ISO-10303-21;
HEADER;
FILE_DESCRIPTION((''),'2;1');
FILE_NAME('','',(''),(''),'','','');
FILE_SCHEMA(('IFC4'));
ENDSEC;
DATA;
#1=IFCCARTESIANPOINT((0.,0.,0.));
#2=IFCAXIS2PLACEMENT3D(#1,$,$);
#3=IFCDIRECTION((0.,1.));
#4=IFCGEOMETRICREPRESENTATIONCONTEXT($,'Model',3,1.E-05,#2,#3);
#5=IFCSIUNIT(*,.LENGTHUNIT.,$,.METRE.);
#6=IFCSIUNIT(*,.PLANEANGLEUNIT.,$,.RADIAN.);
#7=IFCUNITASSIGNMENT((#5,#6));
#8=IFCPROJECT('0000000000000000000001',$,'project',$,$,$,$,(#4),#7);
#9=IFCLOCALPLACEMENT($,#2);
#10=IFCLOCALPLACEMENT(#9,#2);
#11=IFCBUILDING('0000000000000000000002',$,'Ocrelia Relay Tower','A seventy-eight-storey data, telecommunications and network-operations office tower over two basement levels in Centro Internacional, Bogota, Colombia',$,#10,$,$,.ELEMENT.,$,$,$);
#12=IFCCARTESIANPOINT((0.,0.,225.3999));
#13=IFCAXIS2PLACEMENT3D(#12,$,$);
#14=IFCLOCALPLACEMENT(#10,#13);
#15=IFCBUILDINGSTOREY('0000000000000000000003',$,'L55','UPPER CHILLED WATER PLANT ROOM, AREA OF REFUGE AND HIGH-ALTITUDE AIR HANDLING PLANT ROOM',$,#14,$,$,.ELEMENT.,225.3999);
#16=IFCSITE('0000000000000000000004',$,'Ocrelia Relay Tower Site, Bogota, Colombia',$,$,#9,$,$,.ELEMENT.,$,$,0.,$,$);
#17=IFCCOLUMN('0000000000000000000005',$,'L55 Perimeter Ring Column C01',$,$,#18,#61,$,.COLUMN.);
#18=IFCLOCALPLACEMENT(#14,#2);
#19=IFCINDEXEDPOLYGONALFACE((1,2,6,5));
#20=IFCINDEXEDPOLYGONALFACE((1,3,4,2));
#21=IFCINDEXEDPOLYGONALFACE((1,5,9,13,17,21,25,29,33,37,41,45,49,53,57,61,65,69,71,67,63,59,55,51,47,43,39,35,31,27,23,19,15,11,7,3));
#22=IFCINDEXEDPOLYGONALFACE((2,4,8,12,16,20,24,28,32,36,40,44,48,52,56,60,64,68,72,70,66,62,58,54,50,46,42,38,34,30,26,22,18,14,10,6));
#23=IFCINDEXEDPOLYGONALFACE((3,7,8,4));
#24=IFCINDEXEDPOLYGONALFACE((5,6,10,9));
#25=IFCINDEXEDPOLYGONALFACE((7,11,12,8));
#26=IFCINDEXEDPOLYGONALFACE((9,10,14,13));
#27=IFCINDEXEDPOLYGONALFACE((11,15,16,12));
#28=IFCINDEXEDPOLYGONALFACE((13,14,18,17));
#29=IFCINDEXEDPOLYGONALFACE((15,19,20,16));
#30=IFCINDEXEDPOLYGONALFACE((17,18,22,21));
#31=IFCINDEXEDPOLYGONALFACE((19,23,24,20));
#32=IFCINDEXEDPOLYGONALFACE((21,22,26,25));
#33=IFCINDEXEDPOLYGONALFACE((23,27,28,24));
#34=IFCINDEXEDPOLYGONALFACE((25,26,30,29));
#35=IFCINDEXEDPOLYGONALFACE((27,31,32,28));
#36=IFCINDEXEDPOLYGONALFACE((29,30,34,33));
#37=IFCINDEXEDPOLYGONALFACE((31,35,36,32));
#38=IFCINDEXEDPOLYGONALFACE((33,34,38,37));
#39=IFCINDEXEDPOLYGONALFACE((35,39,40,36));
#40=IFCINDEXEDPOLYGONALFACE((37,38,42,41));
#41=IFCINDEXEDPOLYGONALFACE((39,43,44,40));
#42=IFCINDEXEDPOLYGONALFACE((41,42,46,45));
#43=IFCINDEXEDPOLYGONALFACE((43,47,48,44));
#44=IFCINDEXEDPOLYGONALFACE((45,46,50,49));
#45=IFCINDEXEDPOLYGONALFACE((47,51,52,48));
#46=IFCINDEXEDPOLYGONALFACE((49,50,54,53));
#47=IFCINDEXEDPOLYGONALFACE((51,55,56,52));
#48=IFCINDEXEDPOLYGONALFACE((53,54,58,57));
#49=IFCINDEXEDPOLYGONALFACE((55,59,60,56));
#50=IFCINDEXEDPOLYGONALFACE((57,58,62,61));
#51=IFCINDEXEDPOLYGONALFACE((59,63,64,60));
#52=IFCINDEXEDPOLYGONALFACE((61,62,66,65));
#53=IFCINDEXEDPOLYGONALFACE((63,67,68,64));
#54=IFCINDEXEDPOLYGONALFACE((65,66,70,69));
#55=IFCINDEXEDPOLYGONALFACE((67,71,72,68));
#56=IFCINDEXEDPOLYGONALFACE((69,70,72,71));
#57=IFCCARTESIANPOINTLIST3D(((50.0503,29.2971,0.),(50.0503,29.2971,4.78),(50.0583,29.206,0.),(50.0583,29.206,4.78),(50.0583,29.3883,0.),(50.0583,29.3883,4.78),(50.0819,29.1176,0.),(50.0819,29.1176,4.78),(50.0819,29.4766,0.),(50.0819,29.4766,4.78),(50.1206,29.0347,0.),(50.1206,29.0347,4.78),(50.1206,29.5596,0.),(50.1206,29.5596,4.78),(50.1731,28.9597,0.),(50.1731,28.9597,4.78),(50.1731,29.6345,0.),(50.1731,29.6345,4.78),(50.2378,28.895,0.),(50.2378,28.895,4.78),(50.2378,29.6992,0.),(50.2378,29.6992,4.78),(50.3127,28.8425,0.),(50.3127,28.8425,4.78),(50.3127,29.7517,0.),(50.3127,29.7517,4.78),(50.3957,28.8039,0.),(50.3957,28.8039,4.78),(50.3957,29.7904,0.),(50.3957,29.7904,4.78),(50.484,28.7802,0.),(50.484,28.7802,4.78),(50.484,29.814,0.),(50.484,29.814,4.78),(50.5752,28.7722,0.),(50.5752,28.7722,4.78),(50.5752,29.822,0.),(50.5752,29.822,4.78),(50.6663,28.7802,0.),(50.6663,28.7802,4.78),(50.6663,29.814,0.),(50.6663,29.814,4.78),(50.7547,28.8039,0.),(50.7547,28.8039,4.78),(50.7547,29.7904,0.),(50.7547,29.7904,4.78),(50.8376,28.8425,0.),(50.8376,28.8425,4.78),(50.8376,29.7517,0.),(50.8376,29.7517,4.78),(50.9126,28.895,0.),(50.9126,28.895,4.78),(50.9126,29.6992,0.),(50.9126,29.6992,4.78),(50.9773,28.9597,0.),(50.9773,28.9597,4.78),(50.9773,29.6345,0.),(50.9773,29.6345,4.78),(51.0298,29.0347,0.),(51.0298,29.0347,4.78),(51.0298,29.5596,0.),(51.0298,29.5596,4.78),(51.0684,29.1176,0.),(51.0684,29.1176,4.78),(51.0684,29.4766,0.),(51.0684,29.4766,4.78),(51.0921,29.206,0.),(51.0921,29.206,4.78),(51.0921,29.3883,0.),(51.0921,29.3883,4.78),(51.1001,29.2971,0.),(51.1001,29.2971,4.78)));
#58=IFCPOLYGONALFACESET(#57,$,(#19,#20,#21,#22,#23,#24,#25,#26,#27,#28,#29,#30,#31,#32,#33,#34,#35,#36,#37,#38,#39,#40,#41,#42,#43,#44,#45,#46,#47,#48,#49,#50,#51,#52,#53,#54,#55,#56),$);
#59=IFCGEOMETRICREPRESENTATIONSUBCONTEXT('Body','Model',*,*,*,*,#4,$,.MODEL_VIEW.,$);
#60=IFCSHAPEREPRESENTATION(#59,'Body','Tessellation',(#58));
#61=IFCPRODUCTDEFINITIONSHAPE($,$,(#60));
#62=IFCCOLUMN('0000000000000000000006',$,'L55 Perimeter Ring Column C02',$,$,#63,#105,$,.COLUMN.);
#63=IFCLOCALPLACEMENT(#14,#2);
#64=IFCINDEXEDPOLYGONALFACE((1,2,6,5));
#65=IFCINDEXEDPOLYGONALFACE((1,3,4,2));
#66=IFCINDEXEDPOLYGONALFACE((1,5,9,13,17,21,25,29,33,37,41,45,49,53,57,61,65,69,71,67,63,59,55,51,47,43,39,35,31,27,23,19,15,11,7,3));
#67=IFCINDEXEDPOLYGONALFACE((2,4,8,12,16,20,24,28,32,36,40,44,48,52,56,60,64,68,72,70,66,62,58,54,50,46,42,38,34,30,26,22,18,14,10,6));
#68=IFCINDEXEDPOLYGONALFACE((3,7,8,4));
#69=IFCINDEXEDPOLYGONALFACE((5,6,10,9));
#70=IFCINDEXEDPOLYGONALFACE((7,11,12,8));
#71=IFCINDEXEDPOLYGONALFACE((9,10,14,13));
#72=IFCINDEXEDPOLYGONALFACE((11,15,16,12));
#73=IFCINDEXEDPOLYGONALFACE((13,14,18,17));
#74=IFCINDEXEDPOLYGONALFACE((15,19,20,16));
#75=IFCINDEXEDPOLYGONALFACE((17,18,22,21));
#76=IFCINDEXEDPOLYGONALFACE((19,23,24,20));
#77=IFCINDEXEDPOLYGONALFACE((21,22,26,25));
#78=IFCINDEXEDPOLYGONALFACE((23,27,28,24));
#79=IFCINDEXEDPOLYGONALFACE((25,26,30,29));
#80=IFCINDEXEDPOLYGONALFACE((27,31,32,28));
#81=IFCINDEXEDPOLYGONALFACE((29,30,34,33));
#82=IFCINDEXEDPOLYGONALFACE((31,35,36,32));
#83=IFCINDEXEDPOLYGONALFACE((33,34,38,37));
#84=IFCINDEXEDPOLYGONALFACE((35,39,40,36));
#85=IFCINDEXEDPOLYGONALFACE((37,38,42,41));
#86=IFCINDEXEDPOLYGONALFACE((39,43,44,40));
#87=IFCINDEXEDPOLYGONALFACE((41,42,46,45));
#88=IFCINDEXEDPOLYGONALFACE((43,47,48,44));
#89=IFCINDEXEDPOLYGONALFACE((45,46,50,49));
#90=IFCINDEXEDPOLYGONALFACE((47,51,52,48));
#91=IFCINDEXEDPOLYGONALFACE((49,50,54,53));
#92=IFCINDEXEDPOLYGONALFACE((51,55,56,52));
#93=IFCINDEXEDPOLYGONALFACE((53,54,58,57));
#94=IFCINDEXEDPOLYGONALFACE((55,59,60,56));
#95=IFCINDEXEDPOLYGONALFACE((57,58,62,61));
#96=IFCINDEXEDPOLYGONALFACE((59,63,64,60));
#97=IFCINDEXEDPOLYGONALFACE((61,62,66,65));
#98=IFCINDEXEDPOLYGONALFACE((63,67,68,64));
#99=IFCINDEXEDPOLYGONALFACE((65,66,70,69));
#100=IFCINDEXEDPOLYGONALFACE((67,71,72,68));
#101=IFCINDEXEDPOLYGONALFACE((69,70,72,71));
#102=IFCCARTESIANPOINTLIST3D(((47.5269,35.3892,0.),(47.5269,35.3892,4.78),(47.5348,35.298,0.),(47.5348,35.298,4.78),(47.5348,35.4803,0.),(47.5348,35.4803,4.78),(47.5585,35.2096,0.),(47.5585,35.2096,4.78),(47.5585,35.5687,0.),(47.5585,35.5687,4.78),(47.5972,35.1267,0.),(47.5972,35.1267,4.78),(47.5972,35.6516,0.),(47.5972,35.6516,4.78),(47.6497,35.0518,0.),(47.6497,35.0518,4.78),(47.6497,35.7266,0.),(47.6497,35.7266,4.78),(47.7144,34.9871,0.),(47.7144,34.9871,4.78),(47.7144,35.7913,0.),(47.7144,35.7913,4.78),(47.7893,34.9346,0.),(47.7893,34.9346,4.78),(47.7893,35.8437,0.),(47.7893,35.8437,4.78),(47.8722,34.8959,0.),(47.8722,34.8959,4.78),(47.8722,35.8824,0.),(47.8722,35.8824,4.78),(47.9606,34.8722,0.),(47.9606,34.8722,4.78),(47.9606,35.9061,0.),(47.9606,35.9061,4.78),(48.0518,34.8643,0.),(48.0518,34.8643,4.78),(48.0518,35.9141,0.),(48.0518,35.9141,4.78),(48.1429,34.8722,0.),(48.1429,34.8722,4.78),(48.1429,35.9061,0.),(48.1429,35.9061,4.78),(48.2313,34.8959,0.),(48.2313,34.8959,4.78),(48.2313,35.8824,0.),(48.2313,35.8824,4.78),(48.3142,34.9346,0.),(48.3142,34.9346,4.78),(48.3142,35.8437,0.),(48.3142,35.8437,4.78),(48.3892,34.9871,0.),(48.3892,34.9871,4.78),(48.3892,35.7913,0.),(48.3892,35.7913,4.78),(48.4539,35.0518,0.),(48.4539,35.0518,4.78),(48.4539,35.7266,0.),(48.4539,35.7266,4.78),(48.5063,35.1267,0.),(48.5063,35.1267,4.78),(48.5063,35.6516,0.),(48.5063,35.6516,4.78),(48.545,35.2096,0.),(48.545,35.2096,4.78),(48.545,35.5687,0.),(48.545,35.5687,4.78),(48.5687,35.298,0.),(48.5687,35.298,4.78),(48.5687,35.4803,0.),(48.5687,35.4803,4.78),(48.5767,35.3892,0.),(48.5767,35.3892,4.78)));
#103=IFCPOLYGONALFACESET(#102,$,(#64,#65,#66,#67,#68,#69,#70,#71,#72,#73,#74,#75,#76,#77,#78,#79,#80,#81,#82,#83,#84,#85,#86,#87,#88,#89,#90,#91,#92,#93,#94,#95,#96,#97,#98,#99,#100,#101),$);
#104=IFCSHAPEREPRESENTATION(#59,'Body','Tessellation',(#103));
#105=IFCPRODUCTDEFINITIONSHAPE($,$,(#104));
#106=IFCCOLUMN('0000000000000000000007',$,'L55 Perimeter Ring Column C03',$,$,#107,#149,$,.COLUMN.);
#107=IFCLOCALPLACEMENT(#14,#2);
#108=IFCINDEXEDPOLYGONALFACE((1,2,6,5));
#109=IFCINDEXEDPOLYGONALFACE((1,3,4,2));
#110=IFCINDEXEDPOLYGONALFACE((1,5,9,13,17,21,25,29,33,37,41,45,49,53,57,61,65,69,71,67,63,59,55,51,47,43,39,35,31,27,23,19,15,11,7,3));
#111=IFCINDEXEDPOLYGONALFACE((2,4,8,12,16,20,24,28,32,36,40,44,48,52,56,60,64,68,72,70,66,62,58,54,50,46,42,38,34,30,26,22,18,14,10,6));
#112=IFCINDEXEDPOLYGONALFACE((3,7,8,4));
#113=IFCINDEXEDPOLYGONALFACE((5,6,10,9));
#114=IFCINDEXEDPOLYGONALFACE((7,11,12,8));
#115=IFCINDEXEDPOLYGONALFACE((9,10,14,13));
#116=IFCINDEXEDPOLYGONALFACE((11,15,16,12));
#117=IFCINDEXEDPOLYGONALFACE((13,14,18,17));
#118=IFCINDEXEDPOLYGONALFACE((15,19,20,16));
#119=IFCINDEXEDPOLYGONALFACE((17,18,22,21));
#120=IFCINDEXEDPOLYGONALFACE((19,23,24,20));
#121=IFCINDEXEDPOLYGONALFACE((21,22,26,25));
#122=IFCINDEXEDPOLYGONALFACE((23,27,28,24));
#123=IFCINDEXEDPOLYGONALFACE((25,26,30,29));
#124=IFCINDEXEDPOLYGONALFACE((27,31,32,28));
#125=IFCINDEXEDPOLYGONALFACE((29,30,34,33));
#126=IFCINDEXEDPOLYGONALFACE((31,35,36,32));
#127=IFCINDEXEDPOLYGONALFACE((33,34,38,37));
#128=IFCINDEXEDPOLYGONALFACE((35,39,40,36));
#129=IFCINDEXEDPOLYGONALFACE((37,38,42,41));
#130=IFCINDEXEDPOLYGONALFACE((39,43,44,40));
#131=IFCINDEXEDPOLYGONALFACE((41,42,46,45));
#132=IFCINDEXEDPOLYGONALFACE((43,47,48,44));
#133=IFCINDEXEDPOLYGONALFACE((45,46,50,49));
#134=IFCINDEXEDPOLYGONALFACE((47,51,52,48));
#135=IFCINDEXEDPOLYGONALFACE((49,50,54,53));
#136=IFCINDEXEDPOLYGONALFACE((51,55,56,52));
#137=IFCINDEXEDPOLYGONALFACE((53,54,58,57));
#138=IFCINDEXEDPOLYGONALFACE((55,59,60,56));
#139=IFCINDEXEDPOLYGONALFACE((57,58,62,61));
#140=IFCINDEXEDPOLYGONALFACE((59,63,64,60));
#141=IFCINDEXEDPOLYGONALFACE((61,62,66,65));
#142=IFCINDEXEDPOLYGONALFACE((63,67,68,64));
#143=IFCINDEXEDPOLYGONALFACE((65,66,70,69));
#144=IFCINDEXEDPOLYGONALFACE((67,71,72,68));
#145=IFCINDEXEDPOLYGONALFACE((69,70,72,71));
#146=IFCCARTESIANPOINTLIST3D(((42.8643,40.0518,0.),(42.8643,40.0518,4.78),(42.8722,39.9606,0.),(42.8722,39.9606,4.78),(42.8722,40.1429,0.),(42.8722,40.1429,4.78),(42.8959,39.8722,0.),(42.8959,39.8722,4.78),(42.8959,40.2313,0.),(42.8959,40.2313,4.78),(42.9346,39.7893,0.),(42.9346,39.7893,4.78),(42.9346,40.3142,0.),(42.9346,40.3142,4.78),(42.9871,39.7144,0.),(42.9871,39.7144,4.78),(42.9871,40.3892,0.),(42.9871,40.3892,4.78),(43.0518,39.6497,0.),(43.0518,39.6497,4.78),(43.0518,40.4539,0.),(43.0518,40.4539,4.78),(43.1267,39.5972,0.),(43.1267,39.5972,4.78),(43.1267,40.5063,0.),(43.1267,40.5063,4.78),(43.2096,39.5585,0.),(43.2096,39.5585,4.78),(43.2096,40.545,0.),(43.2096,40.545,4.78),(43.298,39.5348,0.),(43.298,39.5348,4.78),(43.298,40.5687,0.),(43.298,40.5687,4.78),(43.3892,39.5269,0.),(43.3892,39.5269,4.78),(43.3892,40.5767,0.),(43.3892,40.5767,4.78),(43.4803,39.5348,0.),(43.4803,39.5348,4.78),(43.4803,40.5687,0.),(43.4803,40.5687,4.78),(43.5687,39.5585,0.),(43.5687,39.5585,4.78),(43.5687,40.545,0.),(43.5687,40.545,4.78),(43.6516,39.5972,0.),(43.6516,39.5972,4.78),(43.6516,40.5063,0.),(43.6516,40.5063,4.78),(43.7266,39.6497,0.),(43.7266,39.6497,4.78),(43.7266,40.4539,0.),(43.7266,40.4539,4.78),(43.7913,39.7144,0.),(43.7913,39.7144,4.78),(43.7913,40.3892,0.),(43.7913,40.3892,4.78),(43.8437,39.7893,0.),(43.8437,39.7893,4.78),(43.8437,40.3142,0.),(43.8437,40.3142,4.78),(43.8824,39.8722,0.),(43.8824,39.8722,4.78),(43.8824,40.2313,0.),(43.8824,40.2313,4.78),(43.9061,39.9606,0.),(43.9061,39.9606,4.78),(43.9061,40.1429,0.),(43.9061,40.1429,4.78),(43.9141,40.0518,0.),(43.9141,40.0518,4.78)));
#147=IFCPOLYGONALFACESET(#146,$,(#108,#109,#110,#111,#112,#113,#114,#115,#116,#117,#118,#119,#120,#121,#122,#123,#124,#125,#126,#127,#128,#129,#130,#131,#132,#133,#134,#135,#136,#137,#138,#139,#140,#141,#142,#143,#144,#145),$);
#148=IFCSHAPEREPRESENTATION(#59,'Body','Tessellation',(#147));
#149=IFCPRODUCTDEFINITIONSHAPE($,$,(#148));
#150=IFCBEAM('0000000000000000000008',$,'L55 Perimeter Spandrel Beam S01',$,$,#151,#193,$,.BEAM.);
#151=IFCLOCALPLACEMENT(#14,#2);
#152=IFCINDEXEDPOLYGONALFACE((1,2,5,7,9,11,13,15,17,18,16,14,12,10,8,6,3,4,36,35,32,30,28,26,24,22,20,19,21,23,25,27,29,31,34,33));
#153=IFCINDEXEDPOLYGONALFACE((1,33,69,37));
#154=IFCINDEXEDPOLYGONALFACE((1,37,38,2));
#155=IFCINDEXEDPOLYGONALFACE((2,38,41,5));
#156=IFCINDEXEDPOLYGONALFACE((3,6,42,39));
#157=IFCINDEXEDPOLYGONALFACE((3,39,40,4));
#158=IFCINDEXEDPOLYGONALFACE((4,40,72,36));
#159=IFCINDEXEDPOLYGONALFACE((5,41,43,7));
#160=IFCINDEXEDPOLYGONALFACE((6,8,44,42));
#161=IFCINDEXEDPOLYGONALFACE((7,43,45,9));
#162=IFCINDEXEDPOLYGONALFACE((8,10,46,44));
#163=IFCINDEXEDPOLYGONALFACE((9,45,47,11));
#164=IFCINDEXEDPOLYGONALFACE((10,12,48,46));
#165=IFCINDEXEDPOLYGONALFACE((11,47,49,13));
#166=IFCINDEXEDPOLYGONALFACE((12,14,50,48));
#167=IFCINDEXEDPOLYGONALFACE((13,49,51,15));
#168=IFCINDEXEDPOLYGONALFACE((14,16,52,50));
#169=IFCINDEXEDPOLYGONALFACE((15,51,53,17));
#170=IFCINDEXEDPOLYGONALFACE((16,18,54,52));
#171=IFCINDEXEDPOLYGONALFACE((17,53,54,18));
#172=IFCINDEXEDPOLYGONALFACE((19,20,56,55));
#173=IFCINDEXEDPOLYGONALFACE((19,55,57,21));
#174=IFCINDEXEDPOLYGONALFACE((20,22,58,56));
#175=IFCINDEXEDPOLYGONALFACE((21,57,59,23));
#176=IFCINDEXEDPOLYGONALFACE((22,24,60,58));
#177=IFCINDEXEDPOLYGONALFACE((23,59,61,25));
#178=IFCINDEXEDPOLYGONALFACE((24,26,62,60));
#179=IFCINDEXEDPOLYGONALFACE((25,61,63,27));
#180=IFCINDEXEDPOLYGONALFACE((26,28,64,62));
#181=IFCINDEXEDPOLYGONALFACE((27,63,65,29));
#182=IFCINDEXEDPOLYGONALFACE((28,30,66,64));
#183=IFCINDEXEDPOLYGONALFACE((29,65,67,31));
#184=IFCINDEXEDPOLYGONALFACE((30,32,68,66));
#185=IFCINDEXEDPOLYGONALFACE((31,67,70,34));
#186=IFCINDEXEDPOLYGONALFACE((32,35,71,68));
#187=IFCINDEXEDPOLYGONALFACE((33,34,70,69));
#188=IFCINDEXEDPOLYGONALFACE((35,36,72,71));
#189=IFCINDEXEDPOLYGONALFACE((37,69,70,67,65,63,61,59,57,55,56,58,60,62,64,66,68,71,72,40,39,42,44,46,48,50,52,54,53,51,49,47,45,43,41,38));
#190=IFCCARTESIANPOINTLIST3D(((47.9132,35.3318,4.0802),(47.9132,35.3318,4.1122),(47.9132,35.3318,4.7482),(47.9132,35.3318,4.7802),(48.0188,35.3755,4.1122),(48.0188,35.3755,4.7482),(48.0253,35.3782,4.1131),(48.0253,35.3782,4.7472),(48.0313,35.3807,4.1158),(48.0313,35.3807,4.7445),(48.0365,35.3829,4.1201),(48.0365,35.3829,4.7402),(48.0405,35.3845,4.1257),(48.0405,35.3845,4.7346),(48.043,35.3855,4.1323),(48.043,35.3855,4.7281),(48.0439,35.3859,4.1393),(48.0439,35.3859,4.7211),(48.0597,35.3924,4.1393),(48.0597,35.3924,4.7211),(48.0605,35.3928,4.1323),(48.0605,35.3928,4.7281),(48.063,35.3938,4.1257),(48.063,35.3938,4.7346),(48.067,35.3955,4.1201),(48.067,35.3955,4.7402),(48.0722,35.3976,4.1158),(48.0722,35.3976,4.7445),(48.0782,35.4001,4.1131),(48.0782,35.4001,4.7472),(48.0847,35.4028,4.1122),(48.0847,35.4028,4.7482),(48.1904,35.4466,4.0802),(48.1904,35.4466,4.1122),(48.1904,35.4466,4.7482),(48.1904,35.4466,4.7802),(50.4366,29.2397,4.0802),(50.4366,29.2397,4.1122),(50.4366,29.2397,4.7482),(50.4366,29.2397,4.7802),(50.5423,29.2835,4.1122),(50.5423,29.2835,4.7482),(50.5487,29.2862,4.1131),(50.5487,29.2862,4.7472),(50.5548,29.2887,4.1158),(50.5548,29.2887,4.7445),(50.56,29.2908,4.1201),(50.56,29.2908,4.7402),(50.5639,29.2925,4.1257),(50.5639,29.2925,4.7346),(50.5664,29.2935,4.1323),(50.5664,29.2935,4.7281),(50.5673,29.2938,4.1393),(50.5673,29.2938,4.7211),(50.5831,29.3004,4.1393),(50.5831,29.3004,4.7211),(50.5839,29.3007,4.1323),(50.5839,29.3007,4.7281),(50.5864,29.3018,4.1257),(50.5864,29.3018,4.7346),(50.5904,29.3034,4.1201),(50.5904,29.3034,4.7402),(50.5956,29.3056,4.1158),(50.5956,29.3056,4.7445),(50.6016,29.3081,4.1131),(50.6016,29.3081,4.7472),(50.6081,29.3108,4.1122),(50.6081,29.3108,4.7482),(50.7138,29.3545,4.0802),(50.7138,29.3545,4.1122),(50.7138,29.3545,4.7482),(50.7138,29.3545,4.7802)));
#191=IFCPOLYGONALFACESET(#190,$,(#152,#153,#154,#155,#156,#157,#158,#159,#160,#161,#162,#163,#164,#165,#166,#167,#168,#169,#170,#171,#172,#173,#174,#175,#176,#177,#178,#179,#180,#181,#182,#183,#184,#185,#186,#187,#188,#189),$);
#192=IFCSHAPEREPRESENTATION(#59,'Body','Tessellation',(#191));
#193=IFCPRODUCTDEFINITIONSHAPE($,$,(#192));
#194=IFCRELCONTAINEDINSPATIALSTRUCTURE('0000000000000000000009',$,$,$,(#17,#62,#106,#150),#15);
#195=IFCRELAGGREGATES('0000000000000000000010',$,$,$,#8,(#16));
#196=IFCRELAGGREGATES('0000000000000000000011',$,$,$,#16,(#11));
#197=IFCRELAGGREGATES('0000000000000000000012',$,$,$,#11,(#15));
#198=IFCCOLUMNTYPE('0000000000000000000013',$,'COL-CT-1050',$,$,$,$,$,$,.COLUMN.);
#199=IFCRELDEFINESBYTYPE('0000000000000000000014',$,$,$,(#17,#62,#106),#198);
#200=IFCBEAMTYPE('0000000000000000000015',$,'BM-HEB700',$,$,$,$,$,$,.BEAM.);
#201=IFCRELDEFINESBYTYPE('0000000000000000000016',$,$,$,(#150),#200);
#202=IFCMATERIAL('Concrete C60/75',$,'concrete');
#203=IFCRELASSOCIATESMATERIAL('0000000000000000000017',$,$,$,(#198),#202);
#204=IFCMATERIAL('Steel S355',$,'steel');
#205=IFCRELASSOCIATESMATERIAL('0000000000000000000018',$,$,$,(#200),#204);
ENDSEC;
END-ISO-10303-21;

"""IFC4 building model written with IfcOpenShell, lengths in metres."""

from ifc_helpers import new_model, si_unit, direction, frame, origin, origin_2d, place, context, subcontext, project, spatial, circle, i_section, extrude, material, material_profile, profile_set, type_object, element, save


model = new_model("IFC4")

# Units and contexts
model_context = context("Model", 3, precision=1e-05, world=origin(), true_north=direction((0.0, 1.0)))
body_context = subcontext(model_context, "Body", "Model", "MODEL_VIEW")
ifc_project = project(units=[si_unit("LENGTHUNIT", "METRE"), si_unit("PLANEANGLEUNIT", "RADIAN")], contexts=[model_context])

# Site, building, storey
site_placement = place(None, origin())
site = spatial("IfcSite", under=ifc_project, at=site_placement, Name="Ocrelia Relay Tower Site, Bogota, Colombia", CompositionType="ELEMENT", RefElevation=0.0)
building_placement = place(site_placement, origin())
building = spatial("IfcBuilding", under=site, at=building_placement, Name="Ocrelia Relay Tower", Description="A seventy-eight-storey data, telecommunications and network-operations office tower over two basement levels in Centro Internacional, Bogota, Colombia", CompositionType="ELEMENT")
storey_placement = place(building_placement, frame((0.0, 0.0, 225.3999)))
storey = spatial("IfcBuildingStorey", under=building, at=storey_placement, Name="L55", Description="UPPER CHILLED WATER PLANT ROOM, AREA OF REFUGE AND HIGH-ALTITUDE AIR HANDLING PLANT ROOM", CompositionType="ELEMENT", Elevation=225.3999)

# Columns
ifc_material_1 = material(Name="Concrete C60/75", Category="concrete")
ifc_material_profile_1 = material_profile(ifc_material_1, circle(Radius=0.5249, at=origin_2d()), Name="RC-CIR-1050")
ifc_profile_set_1 = profile_set([ifc_material_profile_1], Name="Concrete C60/75")
column_type = type_object("IfcColumnType", Name="COL-CT-1050", PredefinedType="COLUMN", material=ifc_profile_set_1)
for number, where, z_axis, x_axis, name in (
    (1, (50.5752, 29.2971, 0.0), (0.0, 0.0, 1.0), (1.0, 0.0, 0.0), "L55 Perimeter Ring Column C01"),
    (2, (48.0518, 35.3892, 0.0), (0.0, 0.0, 1.0), (1.0, 0.0, 0.0), "L55 Perimeter Ring Column C02"),
    (3, (43.3892, 40.0518, 0.0), (0.0, 0.0, 1.0), (1.0, 0.0, 0.0), "L55 Perimeter Ring Column C03"),
):
    element("IfcColumn", number, at=place(storey_placement, frame(where, z_axis=z_axis, x_axis=x_axis)), inside=storey, type_object=column_type, Name=name, PredefinedType="COLUMN", context=body_context, shape_type="SweptSolid", body=[
        extrude(circle(Radius=0.5249, at=origin_2d()), origin(), (0.0, 0.0, 1.0), 4.78),
    ])

# Beam
ifc_material_2 = material(Name="Steel S355", Category="steel")
ifc_material_profile_2 = material_profile(ifc_material_2, i_section(OverallWidth=0.3, OverallDepth=0.7, WebThickness=0.0171, FlangeThickness=0.032, FilletRadius=0.0271, at=origin_2d()), Name="HEB 700")
ifc_profile_set_2 = profile_set([ifc_material_profile_2], Name="Steel S355")
beam_type_1 = type_object("IfcBeamType", Name="BM-HEB700", PredefinedType="BEAM", material=ifc_profile_set_2)
for number, where, z_axis, x_axis, name in (
    (4, (50.5752, 29.2971, 4.4302), (-0.382688, 0.923878, 0.0), (-0.923878, -0.382688, 0.0), "L55 Perimeter Spandrel Beam S01"),
):
    element("IfcBeam", number, at=place(storey_placement, frame(where, z_axis=z_axis, x_axis=x_axis)), inside=storey, type_object=beam_type_1, Name=name, PredefinedType="BEAM", context=body_context, shape_type="SweptSolid", body=[
        extrude(i_section(OverallWidth=0.3, OverallDepth=0.7, WebThickness=0.0171, FlangeThickness=0.032, FilletRadius=0.0271, at=origin_2d()), origin(), (0.0, 0.0, 1.0), 6.594),
    ])

save(model, "model.ifc")
